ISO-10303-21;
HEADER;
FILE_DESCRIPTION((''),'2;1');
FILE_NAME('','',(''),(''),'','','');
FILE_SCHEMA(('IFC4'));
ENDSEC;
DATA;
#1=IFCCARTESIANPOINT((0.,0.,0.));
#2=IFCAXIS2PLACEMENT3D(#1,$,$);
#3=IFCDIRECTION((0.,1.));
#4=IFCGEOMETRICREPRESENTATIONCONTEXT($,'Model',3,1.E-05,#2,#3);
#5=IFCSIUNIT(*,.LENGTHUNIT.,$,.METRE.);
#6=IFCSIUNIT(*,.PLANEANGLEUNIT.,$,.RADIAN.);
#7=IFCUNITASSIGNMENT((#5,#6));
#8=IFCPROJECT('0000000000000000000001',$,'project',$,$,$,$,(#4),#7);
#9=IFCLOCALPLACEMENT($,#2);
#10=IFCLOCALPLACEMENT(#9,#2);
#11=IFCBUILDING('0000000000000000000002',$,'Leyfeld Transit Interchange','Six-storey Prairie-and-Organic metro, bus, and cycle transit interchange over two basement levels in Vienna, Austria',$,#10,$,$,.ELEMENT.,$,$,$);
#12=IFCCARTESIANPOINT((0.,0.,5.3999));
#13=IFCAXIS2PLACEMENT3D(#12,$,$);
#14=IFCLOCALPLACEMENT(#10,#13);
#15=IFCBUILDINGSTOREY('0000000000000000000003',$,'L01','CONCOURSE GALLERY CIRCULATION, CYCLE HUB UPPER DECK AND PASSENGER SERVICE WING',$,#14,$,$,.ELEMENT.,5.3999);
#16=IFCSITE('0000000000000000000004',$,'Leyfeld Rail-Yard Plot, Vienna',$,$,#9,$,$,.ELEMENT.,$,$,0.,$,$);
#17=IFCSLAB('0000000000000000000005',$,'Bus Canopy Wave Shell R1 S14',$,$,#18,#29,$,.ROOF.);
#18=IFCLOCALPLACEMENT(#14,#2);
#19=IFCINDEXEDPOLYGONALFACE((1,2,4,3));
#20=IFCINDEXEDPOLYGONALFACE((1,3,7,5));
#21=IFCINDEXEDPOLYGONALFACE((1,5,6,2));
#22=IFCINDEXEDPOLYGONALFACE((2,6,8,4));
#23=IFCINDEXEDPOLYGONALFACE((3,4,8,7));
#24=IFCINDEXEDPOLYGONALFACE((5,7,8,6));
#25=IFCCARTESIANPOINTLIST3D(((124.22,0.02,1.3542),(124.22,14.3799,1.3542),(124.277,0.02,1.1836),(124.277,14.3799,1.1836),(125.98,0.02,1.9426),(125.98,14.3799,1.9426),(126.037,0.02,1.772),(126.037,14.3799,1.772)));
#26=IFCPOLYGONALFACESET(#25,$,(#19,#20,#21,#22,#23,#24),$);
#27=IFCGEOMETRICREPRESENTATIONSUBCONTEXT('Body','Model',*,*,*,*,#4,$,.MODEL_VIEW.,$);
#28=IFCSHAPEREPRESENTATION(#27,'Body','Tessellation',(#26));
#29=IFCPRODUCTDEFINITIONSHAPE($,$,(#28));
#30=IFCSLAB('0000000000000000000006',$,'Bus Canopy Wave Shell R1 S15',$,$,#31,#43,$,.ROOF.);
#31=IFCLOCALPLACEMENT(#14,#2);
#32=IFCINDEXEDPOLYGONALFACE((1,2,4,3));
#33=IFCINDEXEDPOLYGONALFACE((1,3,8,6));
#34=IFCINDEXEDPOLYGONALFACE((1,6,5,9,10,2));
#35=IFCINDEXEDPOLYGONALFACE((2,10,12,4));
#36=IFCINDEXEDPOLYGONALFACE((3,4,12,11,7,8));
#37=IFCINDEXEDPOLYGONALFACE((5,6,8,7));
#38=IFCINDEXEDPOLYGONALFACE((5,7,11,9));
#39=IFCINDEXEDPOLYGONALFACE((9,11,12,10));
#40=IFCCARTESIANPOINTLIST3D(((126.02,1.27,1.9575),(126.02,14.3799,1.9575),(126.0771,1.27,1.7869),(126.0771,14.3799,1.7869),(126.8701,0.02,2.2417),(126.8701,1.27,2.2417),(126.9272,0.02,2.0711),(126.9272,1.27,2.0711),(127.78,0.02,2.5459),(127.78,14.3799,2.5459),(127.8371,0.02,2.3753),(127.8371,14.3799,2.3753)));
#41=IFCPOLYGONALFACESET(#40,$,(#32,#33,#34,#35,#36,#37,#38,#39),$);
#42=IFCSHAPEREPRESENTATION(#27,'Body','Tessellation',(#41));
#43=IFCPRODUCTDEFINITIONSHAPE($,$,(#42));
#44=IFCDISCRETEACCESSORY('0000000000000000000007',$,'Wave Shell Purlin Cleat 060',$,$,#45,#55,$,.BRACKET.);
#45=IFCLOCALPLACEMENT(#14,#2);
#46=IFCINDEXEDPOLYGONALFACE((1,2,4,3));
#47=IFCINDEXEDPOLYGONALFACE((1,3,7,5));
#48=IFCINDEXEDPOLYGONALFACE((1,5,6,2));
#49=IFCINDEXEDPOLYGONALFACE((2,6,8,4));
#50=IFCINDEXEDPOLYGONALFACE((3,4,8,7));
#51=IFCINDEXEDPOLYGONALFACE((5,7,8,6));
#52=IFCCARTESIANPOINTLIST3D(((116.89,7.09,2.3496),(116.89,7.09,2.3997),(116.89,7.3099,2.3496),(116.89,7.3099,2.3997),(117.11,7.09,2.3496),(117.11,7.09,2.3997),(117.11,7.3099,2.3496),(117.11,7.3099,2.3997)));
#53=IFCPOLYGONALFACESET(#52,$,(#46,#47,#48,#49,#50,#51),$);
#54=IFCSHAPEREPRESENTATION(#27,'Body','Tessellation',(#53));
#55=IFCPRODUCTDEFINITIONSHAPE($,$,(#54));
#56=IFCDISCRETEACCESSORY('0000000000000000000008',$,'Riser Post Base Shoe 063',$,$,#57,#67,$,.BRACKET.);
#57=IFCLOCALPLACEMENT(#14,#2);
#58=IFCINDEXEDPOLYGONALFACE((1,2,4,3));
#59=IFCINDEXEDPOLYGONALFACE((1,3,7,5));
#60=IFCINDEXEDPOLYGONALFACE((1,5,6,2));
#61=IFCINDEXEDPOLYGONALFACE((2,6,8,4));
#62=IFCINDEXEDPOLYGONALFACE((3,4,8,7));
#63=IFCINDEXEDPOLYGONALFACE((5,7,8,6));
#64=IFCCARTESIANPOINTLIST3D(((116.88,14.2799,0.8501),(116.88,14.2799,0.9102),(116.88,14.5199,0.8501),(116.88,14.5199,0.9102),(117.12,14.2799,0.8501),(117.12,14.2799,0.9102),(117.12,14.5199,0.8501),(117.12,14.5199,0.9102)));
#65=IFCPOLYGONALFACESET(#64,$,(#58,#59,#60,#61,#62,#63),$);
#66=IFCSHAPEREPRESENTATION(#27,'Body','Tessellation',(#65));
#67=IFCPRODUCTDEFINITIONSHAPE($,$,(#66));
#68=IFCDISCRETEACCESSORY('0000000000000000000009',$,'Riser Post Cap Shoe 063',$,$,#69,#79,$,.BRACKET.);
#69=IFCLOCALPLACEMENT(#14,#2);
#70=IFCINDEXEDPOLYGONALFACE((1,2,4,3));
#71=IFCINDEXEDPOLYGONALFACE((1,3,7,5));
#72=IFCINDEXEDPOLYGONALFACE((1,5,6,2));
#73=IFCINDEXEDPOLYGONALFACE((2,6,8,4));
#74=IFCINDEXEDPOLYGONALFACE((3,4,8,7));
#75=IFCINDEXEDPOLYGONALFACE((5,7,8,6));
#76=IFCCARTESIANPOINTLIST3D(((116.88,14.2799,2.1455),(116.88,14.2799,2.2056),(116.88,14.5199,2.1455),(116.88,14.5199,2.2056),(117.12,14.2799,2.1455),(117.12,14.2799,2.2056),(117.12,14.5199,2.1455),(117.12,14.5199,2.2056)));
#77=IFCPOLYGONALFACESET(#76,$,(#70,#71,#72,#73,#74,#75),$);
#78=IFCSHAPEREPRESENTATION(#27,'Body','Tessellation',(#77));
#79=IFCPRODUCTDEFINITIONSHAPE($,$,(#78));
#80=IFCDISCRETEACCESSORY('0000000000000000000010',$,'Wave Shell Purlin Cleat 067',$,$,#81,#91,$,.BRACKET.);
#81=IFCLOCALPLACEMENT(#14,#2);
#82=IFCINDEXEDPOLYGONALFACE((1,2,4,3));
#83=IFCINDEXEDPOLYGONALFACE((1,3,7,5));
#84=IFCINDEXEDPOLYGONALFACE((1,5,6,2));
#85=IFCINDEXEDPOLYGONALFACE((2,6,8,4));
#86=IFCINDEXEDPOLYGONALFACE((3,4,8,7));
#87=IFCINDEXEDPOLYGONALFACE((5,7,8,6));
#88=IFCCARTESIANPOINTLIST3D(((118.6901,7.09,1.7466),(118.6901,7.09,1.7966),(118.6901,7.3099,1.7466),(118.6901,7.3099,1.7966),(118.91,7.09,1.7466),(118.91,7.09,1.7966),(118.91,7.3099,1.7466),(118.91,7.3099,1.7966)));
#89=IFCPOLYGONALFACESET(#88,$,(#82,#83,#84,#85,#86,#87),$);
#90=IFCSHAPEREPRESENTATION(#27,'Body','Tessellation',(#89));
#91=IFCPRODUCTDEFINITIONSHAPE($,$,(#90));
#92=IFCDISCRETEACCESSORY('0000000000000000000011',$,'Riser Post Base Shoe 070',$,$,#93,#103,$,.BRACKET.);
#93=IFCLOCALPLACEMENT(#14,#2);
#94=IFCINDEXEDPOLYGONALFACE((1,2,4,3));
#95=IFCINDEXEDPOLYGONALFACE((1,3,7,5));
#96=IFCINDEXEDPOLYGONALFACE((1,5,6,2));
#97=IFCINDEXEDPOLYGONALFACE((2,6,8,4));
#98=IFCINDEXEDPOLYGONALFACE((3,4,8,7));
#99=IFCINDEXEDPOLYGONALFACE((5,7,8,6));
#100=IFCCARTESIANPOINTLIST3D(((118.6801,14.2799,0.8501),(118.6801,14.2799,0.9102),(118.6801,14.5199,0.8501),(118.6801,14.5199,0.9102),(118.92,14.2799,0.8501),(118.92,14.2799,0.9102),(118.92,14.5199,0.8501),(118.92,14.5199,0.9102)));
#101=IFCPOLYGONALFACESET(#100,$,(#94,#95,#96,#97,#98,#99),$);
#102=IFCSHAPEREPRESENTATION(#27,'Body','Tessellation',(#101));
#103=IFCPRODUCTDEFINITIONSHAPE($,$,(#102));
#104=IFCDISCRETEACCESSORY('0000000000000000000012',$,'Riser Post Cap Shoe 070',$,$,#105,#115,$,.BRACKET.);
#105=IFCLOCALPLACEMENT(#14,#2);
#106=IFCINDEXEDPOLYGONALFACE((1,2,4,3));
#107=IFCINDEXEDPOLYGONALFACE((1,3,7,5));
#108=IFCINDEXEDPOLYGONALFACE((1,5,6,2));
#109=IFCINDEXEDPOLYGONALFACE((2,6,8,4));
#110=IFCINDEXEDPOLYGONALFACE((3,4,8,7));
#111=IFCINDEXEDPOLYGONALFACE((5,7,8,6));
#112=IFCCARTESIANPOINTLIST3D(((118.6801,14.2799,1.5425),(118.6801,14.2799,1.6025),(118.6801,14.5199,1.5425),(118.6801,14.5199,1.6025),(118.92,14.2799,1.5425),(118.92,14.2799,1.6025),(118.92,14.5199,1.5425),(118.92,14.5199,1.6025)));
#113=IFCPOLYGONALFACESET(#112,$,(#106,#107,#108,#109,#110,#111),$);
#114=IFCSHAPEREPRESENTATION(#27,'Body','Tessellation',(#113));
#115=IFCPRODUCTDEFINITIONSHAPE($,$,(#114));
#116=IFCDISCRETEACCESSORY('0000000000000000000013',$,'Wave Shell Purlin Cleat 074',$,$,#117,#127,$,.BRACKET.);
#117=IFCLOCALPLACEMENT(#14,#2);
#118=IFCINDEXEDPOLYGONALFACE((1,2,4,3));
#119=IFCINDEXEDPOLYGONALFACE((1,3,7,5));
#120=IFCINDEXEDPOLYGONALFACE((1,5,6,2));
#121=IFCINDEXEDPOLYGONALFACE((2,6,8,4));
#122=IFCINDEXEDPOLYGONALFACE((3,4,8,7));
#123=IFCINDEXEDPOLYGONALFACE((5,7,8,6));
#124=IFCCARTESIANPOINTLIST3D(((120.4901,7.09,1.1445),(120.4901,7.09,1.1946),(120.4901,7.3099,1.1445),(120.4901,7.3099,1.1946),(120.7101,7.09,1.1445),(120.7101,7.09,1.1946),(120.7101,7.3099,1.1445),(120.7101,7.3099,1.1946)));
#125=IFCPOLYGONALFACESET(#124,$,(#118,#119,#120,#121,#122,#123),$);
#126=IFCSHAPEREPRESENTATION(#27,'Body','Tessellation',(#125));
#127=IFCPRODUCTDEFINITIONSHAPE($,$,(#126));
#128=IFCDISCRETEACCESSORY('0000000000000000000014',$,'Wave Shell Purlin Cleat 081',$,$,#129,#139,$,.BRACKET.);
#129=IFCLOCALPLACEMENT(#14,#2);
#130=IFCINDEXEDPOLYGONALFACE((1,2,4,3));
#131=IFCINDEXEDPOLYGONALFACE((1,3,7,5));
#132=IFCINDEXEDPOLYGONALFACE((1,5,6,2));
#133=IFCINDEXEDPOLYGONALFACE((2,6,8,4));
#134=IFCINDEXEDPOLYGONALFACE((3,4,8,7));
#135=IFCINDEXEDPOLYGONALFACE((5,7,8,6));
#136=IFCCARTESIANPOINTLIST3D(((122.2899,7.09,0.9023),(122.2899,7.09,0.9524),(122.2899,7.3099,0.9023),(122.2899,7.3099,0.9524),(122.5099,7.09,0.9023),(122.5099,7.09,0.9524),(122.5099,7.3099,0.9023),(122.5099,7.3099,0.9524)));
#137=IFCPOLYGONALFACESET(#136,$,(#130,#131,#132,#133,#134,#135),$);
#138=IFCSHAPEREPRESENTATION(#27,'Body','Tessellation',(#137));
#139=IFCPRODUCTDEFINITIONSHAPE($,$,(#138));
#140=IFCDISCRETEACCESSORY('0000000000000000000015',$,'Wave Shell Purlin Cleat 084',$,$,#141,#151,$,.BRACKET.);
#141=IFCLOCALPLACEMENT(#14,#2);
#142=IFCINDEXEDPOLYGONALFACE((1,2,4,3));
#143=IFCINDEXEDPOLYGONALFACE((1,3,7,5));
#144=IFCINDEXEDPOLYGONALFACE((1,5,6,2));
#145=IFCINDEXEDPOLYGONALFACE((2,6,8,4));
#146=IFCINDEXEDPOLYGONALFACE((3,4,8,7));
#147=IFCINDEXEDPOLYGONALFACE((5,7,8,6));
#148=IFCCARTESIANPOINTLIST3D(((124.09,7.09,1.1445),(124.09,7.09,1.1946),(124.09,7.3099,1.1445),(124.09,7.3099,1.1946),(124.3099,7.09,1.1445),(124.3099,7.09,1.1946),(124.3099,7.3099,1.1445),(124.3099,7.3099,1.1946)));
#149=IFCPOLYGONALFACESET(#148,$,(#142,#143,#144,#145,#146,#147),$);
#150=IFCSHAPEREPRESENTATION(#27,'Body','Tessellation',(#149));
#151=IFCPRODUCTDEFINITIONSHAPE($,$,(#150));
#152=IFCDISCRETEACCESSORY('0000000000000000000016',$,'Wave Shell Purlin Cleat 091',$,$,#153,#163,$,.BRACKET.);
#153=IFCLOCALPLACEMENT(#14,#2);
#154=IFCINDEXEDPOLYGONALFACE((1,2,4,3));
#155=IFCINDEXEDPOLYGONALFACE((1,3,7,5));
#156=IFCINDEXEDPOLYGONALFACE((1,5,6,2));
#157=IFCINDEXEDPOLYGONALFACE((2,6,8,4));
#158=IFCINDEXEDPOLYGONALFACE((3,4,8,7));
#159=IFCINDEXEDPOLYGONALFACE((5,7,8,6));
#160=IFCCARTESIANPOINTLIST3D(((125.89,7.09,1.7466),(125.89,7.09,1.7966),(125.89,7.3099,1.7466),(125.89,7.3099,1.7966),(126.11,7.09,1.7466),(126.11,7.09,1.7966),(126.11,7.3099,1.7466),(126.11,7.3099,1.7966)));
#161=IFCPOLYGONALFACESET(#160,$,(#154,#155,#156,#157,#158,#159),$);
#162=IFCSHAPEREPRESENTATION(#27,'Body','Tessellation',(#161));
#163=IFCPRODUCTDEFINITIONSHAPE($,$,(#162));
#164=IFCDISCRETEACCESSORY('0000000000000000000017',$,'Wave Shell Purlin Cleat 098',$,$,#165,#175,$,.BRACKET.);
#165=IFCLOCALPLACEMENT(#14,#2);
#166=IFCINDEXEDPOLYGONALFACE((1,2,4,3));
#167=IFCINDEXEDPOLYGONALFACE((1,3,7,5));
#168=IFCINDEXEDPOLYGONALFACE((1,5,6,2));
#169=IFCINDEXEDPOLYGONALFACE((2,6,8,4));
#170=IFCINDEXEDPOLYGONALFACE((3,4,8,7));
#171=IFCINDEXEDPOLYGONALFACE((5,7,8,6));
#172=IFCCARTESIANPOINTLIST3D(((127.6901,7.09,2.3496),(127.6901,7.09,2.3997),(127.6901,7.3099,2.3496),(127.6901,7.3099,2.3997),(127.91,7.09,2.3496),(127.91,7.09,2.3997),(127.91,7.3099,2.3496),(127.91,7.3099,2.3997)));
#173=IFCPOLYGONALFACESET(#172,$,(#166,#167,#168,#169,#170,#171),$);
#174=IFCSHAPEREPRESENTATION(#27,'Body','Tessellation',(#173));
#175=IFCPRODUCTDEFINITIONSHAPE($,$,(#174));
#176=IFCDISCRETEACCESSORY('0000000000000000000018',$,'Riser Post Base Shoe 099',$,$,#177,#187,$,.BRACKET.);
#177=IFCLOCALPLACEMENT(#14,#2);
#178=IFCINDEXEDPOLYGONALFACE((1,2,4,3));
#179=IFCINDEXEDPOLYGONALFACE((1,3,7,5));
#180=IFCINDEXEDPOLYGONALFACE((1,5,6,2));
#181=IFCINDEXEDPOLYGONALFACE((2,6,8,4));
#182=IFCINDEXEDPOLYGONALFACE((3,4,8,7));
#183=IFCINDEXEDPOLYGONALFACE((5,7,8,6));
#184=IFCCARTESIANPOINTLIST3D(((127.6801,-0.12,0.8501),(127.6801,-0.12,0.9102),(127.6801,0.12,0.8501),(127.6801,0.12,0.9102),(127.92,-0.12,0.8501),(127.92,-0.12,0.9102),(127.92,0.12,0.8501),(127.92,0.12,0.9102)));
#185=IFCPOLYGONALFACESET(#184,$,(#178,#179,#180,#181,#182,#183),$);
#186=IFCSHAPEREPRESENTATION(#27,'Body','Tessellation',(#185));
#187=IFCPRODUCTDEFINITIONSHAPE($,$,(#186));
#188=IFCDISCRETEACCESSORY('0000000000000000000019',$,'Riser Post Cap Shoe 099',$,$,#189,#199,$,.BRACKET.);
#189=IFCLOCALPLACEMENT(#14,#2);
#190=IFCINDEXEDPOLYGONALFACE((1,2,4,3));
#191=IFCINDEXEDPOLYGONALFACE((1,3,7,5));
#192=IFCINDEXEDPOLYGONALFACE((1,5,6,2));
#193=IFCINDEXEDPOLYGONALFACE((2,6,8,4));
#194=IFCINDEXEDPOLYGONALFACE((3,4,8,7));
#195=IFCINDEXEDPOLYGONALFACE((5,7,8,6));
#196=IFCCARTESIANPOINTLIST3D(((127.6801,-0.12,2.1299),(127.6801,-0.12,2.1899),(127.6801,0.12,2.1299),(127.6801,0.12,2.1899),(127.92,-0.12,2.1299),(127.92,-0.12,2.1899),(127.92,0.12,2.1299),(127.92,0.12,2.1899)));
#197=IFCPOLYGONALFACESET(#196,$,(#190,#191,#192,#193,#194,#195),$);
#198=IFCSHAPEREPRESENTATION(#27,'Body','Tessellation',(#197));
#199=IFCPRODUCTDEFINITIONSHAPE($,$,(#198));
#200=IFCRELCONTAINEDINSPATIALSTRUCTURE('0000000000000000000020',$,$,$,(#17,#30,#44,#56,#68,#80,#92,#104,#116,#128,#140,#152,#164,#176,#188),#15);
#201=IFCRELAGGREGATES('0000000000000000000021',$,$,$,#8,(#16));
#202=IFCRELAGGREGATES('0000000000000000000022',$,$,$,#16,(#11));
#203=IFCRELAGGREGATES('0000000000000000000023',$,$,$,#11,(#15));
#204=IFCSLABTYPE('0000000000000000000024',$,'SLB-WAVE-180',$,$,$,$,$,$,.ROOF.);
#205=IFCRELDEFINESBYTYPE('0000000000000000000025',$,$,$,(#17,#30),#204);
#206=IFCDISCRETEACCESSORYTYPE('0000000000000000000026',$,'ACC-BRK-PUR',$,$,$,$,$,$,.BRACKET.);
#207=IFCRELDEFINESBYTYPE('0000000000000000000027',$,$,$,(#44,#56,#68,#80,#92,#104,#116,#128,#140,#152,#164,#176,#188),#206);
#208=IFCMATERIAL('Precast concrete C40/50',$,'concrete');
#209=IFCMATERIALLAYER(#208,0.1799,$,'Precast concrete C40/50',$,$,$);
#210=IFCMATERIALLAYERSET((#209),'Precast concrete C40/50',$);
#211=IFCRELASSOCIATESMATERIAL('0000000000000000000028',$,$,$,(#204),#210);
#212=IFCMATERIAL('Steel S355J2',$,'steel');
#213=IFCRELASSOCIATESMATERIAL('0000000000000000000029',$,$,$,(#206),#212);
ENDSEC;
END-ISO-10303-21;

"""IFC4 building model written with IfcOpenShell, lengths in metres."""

from ifc_helpers import new_model, si_unit, direction, frame, origin, origin_2d, place, context, subcontext, project, spatial, polyline, rectangle, outline, extrude, material, layer, layer_set, type_object, element, save


model = new_model("IFC4")

# Units and contexts
model_context = context("Model", 3, precision=1e-05, world=origin(), true_north=direction((0.0, 1.0)))
body_context = subcontext(model_context, "Body", "Model", "MODEL_VIEW")
ifc_project = project(units=[si_unit("LENGTHUNIT", "METRE"), si_unit("PLANEANGLEUNIT", "RADIAN")], contexts=[model_context])

# Site, building, storey
site_placement = place(None, origin())
site = spatial("IfcSite", under=ifc_project, at=site_placement, Name="Leyfeld Rail-Yard Plot, Vienna", CompositionType="ELEMENT", RefElevation=0.0)
building_placement = place(site_placement, origin())
building = spatial("IfcBuilding", under=site, at=building_placement, Name="Leyfeld Transit Interchange", Description="Six-storey Prairie-and-Organic metro, bus, and cycle transit interchange over two basement levels in Vienna, Austria", CompositionType="ELEMENT")
storey_placement = place(building_placement, frame((0.0, 0.0, 5.3999)))
storey = spatial("IfcBuildingStorey", under=building, at=storey_placement, Name="L01", Description="CONCOURSE GALLERY CIRCULATION, CYCLE HUB UPPER DECK AND PASSENGER SERVICE WING", CompositionType="ELEMENT", Elevation=5.3999)

# Shared definitions
ifc_material_1 = material(Name="Steel S355J2", Category="steel")

# Slabs
ifc_material_2 = material(Name="Precast concrete C40/50", Category="concrete")
ifc_layer = layer(ifc_material_2, 0.1799, Name="Precast concrete C40/50")
ifc_layer_set = layer_set([ifc_layer], Name="Precast concrete C40/50")
slab_type = type_object("IfcSlabType", Name="SLB-WAVE-180", PredefinedType="ROOF", material=ifc_layer_set)
slab_1_placement = place(storey_placement, frame((124.22, 0.02, 1.3542), z_axis=(-0.317056, 0.0, 0.948407), x_axis=(0.948407, 0.0, 0.317056)))
element("IfcSlab", 1, at=slab_1_placement, inside=storey, type_object=slab_type, Name="Bus Canopy Wave Shell R1 S14", PredefinedType="ROOF", context=body_context, shape_type="SweptSolid", body=[
    extrude(outline(polyline([(0.0, 0.0), (1.8558, 0.0), (1.8558, 14.3599), (0.0, 14.3599), (0.0, 0.0)])), origin(), (0.0, 0.0, -1.0), 0.1799),
])
slab_2_placement = place(storey_placement, frame((126.02, 1.27, 1.9575), z_axis=(-0.317057, 0.0, 0.948406), x_axis=(0.948406, 0.0, 0.317057)))
element("IfcSlab", 2, at=slab_2_placement, inside=storey, type_object=slab_type, Name="Bus Canopy Wave Shell R1 S15", PredefinedType="ROOF", context=body_context, shape_type="SweptSolid", body=[
    extrude(outline(polyline([(0.0, 0.0), (0.8963, 0.0), (0.8963, -1.25), (1.8558, -1.25), (1.8558, 13.1099), (0.0, 13.1099), (0.0, 0.0)])), origin(), (0.0, 0.0, -1.0), 0.1799),
])

# Discrete accessories
discrete_accessory_type = type_object("IfcDiscreteAccessoryType", Name="ACC-BRK-PUR", PredefinedType="BRACKET", material=ifc_material_1)
discrete_accessory_1_placement = place(storey_placement, frame((117.0, 7.2, 2.3496), z_axis=(0.0, 0.0, 1.0), x_axis=(1.0, 0.0, 0.0)))
element("IfcDiscreteAccessory", 3, at=discrete_accessory_1_placement, inside=storey, type_object=discrete_accessory_type, Name="Wave Shell Purlin Cleat 060", PredefinedType="BRACKET", context=body_context, shape_type="SweptSolid", body=[
    extrude(rectangle(XDim=0.22, YDim=0.22, at=origin_2d()), origin(), (0.0, 0.0, 1.0), 0.05),
])
for number, where, z_axis, x_axis, name in (
    (4, (117.0, 14.3999, 0.8501), (0.0, 0.0, 1.0), (1.0, 0.0, 0.0), "Riser Post Base Shoe 063"),
    (5, (117.0, 14.3999, 2.1455), (0.0, 0.0, 1.0), (1.0, 0.0, 0.0), "Riser Post Cap Shoe 063"),
):
    element("IfcDiscreteAccessory", number, at=place(storey_placement, frame(where, z_axis=z_axis, x_axis=x_axis)), inside=storey, type_object=discrete_accessory_type, Name=name, PredefinedType="BRACKET", context=body_context, shape_type="SweptSolid", body=[
        extrude(rectangle(XDim=0.24, YDim=0.24, at=origin_2d()), origin(), (0.0, 0.0, 1.0), 0.0601),
    ])
discrete_accessory_2_placement = place(storey_placement, frame((118.8, 7.2, 1.7466), z_axis=(0.0, 0.0, 1.0), x_axis=(1.0, 0.0, 0.0)))
element("IfcDiscreteAccessory", 6, at=discrete_accessory_2_placement, inside=storey, type_object=discrete_accessory_type, Name="Wave Shell Purlin Cleat 067", PredefinedType="BRACKET", context=body_context, shape_type="SweptSolid", body=[
    extrude(rectangle(XDim=0.22, YDim=0.22, at=origin_2d()), origin(), (0.0, 0.0, 1.0), 0.05),
])
for number, where, z_axis, x_axis, name in (
    (7, (118.8, 14.3999, 0.8501), (0.0, 0.0, 1.0), (1.0, 0.0, 0.0), "Riser Post Base Shoe 070"),
    (8, (118.8, 14.3999, 1.5425), (0.0, 0.0, 1.0), (1.0, 0.0, 0.0), "Riser Post Cap Shoe 070"),
):
    element("IfcDiscreteAccessory", number, at=place(storey_placement, frame(where, z_axis=z_axis, x_axis=x_axis)), inside=storey, type_object=discrete_accessory_type, Name=name, PredefinedType="BRACKET", context=body_context, shape_type="SweptSolid", body=[
        extrude(rectangle(XDim=0.24, YDim=0.24, at=origin_2d()), origin(), (0.0, 0.0, 1.0), 0.0601),
    ])
for number, where, z_axis, x_axis, name in (
    (9, (120.6001, 7.2, 1.1445), (0.0, 0.0, 1.0), (1.0, 0.0, 0.0), "Wave Shell Purlin Cleat 074"),
    (10, (122.3999, 7.2, 0.9023), (0.0, 0.0, 1.0), (1.0, 0.0, 0.0), "Wave Shell Purlin Cleat 081"),
    (11, (124.2, 7.2, 1.1445), (0.0, 0.0, 1.0), (1.0, 0.0, 0.0), "Wave Shell Purlin Cleat 084"),
    (12, (126.0, 7.2, 1.7466), (0.0, 0.0, 1.0), (1.0, 0.0, 0.0), "Wave Shell Purlin Cleat 091"),
    (13, (127.8, 7.2, 2.3496), (0.0, 0.0, 1.0), (1.0, 0.0, 0.0), "Wave Shell Purlin Cleat 098"),
):
    element("IfcDiscreteAccessory", number, at=place(storey_placement, frame(where, z_axis=z_axis, x_axis=x_axis)), inside=storey, type_object=discrete_accessory_type, Name=name, PredefinedType="BRACKET", context=body_context, shape_type="SweptSolid", body=[
        extrude(rectangle(XDim=0.22, YDim=0.22, at=origin_2d()), origin(), (0.0, 0.0, 1.0), 0.05),
    ])
for number, where, z_axis, x_axis, name in (
    (14, (127.8, 0.0, 0.8501), (0.0, 0.0, 1.0), (1.0, 0.0, 0.0), "Riser Post Base Shoe 099"),
    (15, (127.8, 0.0, 2.1299), (0.0, 0.0, 1.0), (1.0, 0.0, 0.0), "Riser Post Cap Shoe 099"),
):
    element("IfcDiscreteAccessory", number, at=place(storey_placement, frame(where, z_axis=z_axis, x_axis=x_axis)), inside=storey, type_object=discrete_accessory_type, Name=name, PredefinedType="BRACKET", context=body_context, shape_type="SweptSolid", body=[
        extrude(rectangle(XDim=0.24, YDim=0.24, at=origin_2d()), origin(), (0.0, 0.0, 1.0), 0.0601),
    ])

save(model, "model.ifc")
